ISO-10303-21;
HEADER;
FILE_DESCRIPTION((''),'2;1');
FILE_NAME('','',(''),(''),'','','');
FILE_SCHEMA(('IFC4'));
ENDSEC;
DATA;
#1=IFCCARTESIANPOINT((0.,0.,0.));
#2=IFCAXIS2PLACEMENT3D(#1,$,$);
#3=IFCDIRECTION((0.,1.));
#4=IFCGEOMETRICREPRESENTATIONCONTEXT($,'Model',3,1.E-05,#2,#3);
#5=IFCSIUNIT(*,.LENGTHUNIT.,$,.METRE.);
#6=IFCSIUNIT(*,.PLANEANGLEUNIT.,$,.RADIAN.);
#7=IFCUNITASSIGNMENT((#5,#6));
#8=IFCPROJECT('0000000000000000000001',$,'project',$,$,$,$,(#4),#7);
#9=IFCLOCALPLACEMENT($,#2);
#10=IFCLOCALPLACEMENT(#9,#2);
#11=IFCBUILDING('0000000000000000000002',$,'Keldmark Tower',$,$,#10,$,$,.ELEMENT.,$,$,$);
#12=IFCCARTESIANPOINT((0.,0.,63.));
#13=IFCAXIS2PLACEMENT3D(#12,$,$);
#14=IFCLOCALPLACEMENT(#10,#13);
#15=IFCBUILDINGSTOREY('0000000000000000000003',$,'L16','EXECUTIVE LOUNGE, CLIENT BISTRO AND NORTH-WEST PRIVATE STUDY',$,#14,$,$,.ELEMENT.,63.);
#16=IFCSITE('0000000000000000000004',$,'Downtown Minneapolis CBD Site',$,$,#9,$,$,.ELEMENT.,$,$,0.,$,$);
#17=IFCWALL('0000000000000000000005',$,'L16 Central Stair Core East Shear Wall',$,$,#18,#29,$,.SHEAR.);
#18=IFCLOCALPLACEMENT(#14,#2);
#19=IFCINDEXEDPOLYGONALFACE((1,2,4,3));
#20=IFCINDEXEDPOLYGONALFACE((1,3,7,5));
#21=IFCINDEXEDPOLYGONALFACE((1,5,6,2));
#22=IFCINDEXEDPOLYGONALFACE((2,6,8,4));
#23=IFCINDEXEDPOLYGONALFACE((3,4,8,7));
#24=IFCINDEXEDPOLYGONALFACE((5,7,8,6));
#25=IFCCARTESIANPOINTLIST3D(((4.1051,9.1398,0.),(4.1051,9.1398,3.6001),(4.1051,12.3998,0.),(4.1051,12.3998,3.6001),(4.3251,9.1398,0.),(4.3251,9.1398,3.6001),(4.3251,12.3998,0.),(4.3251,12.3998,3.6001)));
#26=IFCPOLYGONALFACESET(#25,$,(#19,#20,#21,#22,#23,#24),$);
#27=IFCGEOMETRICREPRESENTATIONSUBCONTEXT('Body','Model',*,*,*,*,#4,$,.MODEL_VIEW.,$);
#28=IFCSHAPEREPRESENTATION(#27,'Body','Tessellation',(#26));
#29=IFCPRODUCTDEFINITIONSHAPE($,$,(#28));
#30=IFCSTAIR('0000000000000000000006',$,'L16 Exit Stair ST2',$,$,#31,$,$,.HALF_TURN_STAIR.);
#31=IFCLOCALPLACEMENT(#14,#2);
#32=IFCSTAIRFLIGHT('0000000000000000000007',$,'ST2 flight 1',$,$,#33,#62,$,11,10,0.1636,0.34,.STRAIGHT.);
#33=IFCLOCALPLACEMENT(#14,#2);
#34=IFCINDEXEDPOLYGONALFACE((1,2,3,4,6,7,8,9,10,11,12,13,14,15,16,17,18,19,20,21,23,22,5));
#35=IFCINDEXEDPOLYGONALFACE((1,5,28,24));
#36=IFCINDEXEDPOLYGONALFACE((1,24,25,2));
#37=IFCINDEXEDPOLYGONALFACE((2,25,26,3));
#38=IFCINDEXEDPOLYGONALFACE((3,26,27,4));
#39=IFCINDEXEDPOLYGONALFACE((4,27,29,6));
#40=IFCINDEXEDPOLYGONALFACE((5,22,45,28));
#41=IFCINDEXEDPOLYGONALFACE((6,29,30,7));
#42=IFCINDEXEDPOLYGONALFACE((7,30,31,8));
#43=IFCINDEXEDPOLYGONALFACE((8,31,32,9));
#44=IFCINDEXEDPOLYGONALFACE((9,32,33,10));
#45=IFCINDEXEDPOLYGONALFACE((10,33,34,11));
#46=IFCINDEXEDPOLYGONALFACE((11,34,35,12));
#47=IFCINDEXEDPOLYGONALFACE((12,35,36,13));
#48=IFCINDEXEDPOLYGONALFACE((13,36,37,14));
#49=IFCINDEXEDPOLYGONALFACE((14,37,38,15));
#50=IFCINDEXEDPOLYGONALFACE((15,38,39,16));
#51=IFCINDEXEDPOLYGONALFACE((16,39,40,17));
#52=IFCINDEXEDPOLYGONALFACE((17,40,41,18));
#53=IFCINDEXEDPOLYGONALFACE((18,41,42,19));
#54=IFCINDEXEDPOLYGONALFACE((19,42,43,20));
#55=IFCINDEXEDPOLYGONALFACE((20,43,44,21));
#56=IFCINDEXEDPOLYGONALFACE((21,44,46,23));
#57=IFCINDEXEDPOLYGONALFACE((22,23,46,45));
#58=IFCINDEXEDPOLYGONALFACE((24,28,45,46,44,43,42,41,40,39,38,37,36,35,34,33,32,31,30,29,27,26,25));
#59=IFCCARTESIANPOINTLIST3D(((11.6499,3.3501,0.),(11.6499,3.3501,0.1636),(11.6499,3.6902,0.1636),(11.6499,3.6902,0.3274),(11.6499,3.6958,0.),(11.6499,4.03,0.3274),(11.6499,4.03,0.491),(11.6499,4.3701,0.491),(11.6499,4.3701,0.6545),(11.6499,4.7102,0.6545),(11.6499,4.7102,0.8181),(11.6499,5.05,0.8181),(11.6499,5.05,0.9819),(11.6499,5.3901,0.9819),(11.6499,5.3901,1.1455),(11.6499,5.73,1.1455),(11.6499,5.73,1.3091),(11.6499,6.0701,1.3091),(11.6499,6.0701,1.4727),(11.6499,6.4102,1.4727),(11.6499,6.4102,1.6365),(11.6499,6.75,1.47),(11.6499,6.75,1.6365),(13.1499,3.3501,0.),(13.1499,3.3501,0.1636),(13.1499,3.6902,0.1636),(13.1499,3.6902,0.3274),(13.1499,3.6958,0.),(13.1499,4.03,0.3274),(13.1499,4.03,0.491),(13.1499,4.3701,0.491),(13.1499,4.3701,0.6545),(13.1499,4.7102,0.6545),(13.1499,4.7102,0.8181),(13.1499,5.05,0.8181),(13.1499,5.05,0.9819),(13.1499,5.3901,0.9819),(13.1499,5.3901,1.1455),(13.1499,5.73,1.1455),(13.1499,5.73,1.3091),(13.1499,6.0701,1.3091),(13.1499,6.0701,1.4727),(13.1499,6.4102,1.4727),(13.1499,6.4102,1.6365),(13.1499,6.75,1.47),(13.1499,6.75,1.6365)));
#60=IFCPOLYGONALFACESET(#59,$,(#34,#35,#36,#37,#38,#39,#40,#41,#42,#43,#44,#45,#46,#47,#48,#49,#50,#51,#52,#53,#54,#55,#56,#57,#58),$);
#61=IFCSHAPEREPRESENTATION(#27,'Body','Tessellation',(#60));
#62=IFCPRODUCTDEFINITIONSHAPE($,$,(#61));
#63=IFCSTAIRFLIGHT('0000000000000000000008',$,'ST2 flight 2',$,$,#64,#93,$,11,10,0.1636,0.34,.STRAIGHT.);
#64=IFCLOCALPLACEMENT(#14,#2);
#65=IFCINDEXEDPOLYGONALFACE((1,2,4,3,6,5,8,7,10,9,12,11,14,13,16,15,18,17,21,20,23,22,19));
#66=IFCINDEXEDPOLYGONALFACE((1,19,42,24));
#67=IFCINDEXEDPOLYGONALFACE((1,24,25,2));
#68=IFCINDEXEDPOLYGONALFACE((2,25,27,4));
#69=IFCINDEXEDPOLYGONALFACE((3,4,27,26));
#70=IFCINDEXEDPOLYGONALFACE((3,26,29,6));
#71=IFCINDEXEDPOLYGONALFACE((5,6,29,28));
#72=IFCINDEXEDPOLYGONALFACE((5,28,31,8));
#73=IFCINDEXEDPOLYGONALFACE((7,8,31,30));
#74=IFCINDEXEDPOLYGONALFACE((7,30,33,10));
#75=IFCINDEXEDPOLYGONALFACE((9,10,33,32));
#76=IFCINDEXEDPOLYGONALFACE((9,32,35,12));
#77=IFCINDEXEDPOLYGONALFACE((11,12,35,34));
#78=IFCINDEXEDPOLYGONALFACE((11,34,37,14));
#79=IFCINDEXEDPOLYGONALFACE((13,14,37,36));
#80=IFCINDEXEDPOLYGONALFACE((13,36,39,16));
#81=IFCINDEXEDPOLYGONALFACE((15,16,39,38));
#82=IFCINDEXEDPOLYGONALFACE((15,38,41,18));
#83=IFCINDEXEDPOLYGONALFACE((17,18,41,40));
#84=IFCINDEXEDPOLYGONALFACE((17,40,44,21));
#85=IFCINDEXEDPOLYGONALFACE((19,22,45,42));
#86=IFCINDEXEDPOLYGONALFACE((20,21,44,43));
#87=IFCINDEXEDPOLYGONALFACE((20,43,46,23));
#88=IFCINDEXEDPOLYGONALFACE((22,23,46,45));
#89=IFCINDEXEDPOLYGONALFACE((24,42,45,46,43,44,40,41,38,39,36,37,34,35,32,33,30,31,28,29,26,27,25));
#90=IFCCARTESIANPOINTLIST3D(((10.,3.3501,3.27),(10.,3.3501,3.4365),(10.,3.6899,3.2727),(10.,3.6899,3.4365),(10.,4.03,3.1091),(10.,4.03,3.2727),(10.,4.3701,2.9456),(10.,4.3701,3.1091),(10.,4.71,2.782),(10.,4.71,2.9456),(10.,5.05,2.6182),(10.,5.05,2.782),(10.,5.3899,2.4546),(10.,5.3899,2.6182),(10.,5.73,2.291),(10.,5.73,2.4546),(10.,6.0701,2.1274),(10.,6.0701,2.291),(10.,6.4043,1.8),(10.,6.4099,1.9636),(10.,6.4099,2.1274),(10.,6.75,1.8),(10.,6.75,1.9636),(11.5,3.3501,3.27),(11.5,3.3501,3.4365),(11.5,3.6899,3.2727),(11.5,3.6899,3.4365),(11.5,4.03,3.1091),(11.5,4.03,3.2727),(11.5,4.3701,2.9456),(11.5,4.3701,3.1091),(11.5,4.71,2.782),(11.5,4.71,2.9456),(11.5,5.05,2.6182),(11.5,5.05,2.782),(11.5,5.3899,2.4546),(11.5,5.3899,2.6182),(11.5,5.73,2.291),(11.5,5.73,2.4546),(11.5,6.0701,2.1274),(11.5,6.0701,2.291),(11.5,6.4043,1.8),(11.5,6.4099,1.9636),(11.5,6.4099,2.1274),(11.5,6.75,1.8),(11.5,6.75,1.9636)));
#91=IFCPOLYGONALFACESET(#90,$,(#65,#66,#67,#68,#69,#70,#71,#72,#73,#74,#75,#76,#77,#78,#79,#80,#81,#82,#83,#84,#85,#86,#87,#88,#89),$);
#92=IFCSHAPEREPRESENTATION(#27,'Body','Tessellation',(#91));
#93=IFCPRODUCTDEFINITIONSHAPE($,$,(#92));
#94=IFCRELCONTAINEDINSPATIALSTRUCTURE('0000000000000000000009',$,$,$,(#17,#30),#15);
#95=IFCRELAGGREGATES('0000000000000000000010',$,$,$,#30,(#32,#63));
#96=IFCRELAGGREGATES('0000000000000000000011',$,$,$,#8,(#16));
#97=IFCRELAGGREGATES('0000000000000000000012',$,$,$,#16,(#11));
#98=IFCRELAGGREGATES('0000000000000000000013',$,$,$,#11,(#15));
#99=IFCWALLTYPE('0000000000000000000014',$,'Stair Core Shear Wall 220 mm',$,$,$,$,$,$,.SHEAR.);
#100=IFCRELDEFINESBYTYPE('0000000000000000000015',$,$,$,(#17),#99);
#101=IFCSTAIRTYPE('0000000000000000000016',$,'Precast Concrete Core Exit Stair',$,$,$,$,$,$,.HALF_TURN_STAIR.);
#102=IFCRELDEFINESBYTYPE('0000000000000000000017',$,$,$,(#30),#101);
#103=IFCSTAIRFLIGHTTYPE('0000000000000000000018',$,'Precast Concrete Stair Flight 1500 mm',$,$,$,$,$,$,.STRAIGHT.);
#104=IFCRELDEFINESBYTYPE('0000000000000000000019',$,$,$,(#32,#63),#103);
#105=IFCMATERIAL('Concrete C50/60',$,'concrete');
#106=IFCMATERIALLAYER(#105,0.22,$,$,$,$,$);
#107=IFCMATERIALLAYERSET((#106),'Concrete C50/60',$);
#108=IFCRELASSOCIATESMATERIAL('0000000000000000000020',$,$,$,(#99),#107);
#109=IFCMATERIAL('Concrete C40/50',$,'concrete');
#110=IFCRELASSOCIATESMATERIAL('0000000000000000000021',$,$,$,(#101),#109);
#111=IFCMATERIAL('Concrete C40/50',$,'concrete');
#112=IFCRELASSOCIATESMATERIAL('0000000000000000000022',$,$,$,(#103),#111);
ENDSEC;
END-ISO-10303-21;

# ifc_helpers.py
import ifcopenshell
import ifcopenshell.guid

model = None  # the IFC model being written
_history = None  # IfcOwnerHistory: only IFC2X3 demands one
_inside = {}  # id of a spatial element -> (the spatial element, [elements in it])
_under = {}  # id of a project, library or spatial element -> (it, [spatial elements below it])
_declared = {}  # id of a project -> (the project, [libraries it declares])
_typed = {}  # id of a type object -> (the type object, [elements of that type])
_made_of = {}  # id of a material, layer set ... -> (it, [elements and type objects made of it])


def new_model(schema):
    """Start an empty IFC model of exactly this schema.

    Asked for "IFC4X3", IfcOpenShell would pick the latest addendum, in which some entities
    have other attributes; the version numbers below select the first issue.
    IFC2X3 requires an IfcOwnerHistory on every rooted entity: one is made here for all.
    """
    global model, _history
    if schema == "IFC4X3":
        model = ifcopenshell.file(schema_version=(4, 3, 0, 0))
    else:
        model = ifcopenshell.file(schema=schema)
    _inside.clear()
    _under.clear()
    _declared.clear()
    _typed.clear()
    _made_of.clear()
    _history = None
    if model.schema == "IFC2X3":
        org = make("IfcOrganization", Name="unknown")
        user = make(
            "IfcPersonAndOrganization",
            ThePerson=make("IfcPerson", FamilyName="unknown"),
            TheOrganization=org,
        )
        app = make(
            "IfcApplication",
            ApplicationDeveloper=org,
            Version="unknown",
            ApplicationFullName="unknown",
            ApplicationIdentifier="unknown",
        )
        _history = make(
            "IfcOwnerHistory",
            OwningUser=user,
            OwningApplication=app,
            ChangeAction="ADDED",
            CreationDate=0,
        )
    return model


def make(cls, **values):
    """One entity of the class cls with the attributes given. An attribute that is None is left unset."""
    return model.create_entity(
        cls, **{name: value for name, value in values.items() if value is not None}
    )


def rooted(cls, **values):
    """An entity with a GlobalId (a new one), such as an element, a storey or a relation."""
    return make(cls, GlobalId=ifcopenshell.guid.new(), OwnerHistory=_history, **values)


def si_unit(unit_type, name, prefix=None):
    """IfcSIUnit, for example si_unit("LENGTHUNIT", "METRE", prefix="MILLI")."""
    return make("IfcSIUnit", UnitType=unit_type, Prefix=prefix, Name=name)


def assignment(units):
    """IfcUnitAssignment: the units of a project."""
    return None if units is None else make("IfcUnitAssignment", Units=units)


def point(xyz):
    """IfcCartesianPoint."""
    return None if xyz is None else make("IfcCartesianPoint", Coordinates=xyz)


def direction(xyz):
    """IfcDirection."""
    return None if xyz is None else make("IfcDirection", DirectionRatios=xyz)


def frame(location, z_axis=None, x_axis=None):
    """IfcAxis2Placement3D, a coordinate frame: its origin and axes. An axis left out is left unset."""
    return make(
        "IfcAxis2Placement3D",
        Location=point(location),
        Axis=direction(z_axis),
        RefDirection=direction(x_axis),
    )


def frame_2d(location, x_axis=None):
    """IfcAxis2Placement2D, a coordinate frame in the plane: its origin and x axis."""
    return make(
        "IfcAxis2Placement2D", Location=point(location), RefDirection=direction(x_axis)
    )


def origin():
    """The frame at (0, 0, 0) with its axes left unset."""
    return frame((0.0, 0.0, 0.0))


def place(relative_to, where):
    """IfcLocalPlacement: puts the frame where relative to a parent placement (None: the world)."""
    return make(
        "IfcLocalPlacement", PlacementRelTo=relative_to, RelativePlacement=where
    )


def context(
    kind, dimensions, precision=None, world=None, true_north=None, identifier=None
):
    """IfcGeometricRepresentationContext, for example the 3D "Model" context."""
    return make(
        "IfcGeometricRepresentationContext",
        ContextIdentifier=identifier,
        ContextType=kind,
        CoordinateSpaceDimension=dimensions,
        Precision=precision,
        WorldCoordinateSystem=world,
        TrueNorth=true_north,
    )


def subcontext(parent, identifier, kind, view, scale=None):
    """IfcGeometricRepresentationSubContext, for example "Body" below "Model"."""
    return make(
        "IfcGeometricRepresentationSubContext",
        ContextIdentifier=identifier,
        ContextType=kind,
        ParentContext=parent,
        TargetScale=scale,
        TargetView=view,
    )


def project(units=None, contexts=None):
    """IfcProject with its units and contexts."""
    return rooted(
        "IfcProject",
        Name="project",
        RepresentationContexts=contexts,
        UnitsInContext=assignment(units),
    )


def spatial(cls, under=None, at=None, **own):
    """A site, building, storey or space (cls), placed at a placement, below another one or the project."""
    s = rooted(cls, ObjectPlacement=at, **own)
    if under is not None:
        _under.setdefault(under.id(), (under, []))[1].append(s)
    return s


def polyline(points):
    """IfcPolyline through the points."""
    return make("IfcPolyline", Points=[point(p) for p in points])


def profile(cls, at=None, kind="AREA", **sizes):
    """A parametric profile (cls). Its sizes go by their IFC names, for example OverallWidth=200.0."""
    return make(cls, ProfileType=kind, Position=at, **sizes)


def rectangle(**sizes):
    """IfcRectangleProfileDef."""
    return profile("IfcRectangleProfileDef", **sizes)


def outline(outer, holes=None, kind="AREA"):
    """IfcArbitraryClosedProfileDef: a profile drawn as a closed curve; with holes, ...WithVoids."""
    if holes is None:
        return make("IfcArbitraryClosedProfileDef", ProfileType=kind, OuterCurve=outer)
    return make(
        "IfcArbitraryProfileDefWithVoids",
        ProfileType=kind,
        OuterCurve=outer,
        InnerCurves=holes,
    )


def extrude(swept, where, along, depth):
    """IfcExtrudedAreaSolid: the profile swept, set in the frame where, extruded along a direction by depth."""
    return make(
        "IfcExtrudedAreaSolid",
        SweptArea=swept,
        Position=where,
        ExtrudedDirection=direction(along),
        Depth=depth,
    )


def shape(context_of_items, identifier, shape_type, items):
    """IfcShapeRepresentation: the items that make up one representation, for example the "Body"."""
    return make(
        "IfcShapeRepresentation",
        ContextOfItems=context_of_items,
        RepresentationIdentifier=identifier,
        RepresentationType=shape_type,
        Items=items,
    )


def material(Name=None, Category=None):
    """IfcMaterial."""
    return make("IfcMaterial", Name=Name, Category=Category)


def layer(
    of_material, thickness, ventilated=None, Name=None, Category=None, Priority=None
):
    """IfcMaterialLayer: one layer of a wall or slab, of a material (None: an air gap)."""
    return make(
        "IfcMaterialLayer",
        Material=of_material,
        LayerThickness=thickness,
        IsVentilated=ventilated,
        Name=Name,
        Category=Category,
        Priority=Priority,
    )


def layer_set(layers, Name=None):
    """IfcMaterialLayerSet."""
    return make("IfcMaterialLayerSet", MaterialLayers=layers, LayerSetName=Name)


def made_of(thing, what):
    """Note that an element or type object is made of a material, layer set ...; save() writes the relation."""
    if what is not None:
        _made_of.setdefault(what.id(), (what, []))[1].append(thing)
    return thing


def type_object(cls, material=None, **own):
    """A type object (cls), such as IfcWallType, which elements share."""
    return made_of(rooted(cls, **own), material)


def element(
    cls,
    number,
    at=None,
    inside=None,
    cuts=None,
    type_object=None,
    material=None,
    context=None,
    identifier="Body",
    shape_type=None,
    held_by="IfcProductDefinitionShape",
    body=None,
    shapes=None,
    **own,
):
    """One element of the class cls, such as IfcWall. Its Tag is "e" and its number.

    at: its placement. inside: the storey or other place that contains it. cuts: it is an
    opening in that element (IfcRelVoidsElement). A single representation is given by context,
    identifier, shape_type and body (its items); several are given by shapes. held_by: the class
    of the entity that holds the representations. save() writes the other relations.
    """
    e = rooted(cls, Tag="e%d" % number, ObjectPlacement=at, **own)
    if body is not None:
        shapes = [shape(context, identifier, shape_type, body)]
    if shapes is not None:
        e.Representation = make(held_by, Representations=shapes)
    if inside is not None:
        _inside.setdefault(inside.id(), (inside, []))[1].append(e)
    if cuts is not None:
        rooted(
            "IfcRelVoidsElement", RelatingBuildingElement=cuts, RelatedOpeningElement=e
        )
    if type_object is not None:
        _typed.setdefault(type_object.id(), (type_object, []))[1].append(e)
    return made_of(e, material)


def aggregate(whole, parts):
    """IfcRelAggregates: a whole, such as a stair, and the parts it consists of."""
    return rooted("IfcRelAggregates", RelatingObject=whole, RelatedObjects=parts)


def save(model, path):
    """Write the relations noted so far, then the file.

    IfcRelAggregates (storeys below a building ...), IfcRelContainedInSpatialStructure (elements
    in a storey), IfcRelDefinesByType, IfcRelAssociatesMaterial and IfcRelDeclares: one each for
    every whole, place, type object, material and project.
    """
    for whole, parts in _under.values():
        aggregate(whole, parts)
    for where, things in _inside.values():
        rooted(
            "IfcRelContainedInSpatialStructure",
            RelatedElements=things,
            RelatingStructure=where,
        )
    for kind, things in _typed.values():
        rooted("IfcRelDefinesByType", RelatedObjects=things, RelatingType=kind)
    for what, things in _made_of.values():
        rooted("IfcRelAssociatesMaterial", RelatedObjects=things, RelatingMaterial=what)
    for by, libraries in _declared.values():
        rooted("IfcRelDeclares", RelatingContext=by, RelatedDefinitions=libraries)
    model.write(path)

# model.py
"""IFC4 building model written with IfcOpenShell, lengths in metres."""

from ifc_helpers import new_model, si_unit, direction, frame, frame_2d, origin, place, context, subcontext, project, spatial, polyline, rectangle, outline, extrude, material, layer, layer_set, type_object, element, aggregate, save


model = new_model("IFC4")

# Units and contexts
model_context = context("Model", 3, precision=1e-05, world=origin(), true_north=direction((0.0, 1.0)))
body_context = subcontext(model_context, "Body", "Model", "MODEL_VIEW")
ifc_project = project(units=[si_unit("LENGTHUNIT", "METRE"), si_unit("PLANEANGLEUNIT", "RADIAN")], contexts=[model_context])

# Site, building, storey
site_placement = place(None, origin())
site = spatial("IfcSite", under=ifc_project, at=site_placement, Name="Downtown Minneapolis CBD Site", CompositionType="ELEMENT", RefElevation=0.0)
building_placement = place(site_placement, origin())
building = spatial("IfcBuilding", under=site, at=building_placement, Name="Keldmark Tower", CompositionType="ELEMENT")
storey_placement = place(building_placement, frame((0.0, 0.0, 63.0)))
storey = spatial("IfcBuildingStorey", under=building, at=storey_placement, Name="L16", Description="EXECUTIVE LOUNGE, CLIENT BISTRO AND NORTH-WEST PRIVATE STUDY", CompositionType="ELEMENT", Elevation=63.0)

# Wall
ifc_material_1 = material(Name="Concrete C50/60", Category="concrete")
ifc_layer_1 = layer(ifc_material_1, 0.22)
ifc_layer_set_1 = layer_set([ifc_layer_1], Name="Concrete C50/60")
wall_type_1 = type_object("IfcWallType", Name="Stair Core Shear Wall 220 mm", PredefinedType="SHEAR", material=ifc_layer_set_1)
wall_1_placement = place(storey_placement, frame((4.2151, 9.1399, 0.0), z_axis=(0.0, 0.0, 1.0), x_axis=(0.0, 1.0, 0.0)))
element("IfcWall", 1, at=wall_1_placement, inside=storey, type_object=wall_type_1, Name="L16 Central Stair Core East Shear Wall", PredefinedType="SHEAR", context=body_context, shape_type="SweptSolid", body=[
    extrude(rectangle(XDim=3.26, YDim=0.22, at=frame_2d((1.6299, 0.0))), origin(), (0.0, 0.0, 1.0), 3.6001),
])

# Stair, stair flights
ifc_material_2 = material(Name="Concrete C40/50", Category="concrete")
stair_type = type_object("IfcStairType", Name="Precast Concrete Core Exit Stair", PredefinedType="HALF_TURN_STAIR", material=ifc_material_2)
stair_placement = place(storey_placement, origin())
stair = element("IfcStair", 2, at=stair_placement, inside=storey, type_object=stair_type, Name="L16 Exit Stair ST2", PredefinedType="HALF_TURN_STAIR")
ifc_material_3 = material(Name="Concrete C40/50", Category="concrete")
stair_flight_type = type_object("IfcStairFlightType", Name="Precast Concrete Stair Flight 1500 mm", PredefinedType="STRAIGHT", material=ifc_material_3)
stair_flight_1_placement = place(storey_placement, frame((12.3999, 3.3501, 0.0), z_axis=(0.0, 0.0, 1.0), x_axis=(0.0, 1.0, 0.0)))
stair_flight_1 = element("IfcStairFlight", 3, at=stair_flight_1_placement, type_object=stair_flight_type, Name="ST2 flight 1", NumberOfRisers=11, NumberOfTreads=10, PredefinedType="STRAIGHT", RiserHeight=0.1636, TreadLength=0.34, context=body_context, shape_type="SweptSolid", body=[
    extrude(outline(polyline([(0.0, 0.0), (0.0, 0.1636), (0.3401, 0.1636), (0.3401, 0.3274), (0.6799, 0.3274), (0.6799, 0.491), (1.02, 0.491), (1.02, 0.6545), (1.3601, 0.6545), (1.3601, 0.8181), (1.7, 0.8181), (1.7, 0.9819), (2.04, 0.9819), (2.04, 1.1455), (2.3799, 1.1455), (2.3799, 1.3091), (2.72, 1.3091), (2.72, 1.4727), (3.0601, 1.4727), (3.0601, 1.6365), (3.3999, 1.6365), (3.3999, 1.8), (3.3999, 1.47), (0.3457, 0.0), (0.0, 0.0)])), frame((0.0, 0.75, 0.0), z_axis=(0.0, -1.0, 0.0), x_axis=(1.0, 0.0, 0.0)), (0.0, 0.0, 1.0), 1.5),
])
stair_flight_2_placement = place(storey_placement, frame((10.75, 6.75, 1.8), z_axis=(0.0, 0.0, 1.0), x_axis=(0.0, -1.0, 0.0)))
stair_flight_2 = element("IfcStairFlight", 4, at=stair_flight_2_placement, type_object=stair_flight_type, Name="ST2 flight 2", NumberOfRisers=11, NumberOfTreads=10, PredefinedType="STRAIGHT", RiserHeight=0.1636, TreadLength=0.34, context=body_context, shape_type="SweptSolid", body=[
    extrude(outline(polyline([(0.0, 0.0), (0.0, 0.1636), (0.3401, 0.1636), (0.3401, 0.3274), (0.6799, 0.3274), (0.6799, 0.491), (1.02, 0.491), (1.02, 0.6545), (1.3601, 0.6545), (1.3601, 0.8181), (1.7, 0.8181), (1.7, 0.9819), (2.04, 0.9819), (2.04, 1.1455), (2.3799, 1.1455), (2.3799, 1.3091), (2.72, 1.3091), (2.72, 1.4727), (3.0601, 1.4727), (3.0601, 1.6365), (3.3999, 1.6365), (3.3999, 1.8), (3.3999, 1.47), (0.3457, 0.0), (0.0, 0.0)])), frame((0.0, 0.75, 0.0), z_axis=(0.0, -1.0, 0.0), x_axis=(1.0, 0.0, 0.0)), (0.0, 0.0, 1.0), 1.5),
])
aggregate(stair, [stair_flight_1, stair_flight_2])

save(model, "model.ifc")
